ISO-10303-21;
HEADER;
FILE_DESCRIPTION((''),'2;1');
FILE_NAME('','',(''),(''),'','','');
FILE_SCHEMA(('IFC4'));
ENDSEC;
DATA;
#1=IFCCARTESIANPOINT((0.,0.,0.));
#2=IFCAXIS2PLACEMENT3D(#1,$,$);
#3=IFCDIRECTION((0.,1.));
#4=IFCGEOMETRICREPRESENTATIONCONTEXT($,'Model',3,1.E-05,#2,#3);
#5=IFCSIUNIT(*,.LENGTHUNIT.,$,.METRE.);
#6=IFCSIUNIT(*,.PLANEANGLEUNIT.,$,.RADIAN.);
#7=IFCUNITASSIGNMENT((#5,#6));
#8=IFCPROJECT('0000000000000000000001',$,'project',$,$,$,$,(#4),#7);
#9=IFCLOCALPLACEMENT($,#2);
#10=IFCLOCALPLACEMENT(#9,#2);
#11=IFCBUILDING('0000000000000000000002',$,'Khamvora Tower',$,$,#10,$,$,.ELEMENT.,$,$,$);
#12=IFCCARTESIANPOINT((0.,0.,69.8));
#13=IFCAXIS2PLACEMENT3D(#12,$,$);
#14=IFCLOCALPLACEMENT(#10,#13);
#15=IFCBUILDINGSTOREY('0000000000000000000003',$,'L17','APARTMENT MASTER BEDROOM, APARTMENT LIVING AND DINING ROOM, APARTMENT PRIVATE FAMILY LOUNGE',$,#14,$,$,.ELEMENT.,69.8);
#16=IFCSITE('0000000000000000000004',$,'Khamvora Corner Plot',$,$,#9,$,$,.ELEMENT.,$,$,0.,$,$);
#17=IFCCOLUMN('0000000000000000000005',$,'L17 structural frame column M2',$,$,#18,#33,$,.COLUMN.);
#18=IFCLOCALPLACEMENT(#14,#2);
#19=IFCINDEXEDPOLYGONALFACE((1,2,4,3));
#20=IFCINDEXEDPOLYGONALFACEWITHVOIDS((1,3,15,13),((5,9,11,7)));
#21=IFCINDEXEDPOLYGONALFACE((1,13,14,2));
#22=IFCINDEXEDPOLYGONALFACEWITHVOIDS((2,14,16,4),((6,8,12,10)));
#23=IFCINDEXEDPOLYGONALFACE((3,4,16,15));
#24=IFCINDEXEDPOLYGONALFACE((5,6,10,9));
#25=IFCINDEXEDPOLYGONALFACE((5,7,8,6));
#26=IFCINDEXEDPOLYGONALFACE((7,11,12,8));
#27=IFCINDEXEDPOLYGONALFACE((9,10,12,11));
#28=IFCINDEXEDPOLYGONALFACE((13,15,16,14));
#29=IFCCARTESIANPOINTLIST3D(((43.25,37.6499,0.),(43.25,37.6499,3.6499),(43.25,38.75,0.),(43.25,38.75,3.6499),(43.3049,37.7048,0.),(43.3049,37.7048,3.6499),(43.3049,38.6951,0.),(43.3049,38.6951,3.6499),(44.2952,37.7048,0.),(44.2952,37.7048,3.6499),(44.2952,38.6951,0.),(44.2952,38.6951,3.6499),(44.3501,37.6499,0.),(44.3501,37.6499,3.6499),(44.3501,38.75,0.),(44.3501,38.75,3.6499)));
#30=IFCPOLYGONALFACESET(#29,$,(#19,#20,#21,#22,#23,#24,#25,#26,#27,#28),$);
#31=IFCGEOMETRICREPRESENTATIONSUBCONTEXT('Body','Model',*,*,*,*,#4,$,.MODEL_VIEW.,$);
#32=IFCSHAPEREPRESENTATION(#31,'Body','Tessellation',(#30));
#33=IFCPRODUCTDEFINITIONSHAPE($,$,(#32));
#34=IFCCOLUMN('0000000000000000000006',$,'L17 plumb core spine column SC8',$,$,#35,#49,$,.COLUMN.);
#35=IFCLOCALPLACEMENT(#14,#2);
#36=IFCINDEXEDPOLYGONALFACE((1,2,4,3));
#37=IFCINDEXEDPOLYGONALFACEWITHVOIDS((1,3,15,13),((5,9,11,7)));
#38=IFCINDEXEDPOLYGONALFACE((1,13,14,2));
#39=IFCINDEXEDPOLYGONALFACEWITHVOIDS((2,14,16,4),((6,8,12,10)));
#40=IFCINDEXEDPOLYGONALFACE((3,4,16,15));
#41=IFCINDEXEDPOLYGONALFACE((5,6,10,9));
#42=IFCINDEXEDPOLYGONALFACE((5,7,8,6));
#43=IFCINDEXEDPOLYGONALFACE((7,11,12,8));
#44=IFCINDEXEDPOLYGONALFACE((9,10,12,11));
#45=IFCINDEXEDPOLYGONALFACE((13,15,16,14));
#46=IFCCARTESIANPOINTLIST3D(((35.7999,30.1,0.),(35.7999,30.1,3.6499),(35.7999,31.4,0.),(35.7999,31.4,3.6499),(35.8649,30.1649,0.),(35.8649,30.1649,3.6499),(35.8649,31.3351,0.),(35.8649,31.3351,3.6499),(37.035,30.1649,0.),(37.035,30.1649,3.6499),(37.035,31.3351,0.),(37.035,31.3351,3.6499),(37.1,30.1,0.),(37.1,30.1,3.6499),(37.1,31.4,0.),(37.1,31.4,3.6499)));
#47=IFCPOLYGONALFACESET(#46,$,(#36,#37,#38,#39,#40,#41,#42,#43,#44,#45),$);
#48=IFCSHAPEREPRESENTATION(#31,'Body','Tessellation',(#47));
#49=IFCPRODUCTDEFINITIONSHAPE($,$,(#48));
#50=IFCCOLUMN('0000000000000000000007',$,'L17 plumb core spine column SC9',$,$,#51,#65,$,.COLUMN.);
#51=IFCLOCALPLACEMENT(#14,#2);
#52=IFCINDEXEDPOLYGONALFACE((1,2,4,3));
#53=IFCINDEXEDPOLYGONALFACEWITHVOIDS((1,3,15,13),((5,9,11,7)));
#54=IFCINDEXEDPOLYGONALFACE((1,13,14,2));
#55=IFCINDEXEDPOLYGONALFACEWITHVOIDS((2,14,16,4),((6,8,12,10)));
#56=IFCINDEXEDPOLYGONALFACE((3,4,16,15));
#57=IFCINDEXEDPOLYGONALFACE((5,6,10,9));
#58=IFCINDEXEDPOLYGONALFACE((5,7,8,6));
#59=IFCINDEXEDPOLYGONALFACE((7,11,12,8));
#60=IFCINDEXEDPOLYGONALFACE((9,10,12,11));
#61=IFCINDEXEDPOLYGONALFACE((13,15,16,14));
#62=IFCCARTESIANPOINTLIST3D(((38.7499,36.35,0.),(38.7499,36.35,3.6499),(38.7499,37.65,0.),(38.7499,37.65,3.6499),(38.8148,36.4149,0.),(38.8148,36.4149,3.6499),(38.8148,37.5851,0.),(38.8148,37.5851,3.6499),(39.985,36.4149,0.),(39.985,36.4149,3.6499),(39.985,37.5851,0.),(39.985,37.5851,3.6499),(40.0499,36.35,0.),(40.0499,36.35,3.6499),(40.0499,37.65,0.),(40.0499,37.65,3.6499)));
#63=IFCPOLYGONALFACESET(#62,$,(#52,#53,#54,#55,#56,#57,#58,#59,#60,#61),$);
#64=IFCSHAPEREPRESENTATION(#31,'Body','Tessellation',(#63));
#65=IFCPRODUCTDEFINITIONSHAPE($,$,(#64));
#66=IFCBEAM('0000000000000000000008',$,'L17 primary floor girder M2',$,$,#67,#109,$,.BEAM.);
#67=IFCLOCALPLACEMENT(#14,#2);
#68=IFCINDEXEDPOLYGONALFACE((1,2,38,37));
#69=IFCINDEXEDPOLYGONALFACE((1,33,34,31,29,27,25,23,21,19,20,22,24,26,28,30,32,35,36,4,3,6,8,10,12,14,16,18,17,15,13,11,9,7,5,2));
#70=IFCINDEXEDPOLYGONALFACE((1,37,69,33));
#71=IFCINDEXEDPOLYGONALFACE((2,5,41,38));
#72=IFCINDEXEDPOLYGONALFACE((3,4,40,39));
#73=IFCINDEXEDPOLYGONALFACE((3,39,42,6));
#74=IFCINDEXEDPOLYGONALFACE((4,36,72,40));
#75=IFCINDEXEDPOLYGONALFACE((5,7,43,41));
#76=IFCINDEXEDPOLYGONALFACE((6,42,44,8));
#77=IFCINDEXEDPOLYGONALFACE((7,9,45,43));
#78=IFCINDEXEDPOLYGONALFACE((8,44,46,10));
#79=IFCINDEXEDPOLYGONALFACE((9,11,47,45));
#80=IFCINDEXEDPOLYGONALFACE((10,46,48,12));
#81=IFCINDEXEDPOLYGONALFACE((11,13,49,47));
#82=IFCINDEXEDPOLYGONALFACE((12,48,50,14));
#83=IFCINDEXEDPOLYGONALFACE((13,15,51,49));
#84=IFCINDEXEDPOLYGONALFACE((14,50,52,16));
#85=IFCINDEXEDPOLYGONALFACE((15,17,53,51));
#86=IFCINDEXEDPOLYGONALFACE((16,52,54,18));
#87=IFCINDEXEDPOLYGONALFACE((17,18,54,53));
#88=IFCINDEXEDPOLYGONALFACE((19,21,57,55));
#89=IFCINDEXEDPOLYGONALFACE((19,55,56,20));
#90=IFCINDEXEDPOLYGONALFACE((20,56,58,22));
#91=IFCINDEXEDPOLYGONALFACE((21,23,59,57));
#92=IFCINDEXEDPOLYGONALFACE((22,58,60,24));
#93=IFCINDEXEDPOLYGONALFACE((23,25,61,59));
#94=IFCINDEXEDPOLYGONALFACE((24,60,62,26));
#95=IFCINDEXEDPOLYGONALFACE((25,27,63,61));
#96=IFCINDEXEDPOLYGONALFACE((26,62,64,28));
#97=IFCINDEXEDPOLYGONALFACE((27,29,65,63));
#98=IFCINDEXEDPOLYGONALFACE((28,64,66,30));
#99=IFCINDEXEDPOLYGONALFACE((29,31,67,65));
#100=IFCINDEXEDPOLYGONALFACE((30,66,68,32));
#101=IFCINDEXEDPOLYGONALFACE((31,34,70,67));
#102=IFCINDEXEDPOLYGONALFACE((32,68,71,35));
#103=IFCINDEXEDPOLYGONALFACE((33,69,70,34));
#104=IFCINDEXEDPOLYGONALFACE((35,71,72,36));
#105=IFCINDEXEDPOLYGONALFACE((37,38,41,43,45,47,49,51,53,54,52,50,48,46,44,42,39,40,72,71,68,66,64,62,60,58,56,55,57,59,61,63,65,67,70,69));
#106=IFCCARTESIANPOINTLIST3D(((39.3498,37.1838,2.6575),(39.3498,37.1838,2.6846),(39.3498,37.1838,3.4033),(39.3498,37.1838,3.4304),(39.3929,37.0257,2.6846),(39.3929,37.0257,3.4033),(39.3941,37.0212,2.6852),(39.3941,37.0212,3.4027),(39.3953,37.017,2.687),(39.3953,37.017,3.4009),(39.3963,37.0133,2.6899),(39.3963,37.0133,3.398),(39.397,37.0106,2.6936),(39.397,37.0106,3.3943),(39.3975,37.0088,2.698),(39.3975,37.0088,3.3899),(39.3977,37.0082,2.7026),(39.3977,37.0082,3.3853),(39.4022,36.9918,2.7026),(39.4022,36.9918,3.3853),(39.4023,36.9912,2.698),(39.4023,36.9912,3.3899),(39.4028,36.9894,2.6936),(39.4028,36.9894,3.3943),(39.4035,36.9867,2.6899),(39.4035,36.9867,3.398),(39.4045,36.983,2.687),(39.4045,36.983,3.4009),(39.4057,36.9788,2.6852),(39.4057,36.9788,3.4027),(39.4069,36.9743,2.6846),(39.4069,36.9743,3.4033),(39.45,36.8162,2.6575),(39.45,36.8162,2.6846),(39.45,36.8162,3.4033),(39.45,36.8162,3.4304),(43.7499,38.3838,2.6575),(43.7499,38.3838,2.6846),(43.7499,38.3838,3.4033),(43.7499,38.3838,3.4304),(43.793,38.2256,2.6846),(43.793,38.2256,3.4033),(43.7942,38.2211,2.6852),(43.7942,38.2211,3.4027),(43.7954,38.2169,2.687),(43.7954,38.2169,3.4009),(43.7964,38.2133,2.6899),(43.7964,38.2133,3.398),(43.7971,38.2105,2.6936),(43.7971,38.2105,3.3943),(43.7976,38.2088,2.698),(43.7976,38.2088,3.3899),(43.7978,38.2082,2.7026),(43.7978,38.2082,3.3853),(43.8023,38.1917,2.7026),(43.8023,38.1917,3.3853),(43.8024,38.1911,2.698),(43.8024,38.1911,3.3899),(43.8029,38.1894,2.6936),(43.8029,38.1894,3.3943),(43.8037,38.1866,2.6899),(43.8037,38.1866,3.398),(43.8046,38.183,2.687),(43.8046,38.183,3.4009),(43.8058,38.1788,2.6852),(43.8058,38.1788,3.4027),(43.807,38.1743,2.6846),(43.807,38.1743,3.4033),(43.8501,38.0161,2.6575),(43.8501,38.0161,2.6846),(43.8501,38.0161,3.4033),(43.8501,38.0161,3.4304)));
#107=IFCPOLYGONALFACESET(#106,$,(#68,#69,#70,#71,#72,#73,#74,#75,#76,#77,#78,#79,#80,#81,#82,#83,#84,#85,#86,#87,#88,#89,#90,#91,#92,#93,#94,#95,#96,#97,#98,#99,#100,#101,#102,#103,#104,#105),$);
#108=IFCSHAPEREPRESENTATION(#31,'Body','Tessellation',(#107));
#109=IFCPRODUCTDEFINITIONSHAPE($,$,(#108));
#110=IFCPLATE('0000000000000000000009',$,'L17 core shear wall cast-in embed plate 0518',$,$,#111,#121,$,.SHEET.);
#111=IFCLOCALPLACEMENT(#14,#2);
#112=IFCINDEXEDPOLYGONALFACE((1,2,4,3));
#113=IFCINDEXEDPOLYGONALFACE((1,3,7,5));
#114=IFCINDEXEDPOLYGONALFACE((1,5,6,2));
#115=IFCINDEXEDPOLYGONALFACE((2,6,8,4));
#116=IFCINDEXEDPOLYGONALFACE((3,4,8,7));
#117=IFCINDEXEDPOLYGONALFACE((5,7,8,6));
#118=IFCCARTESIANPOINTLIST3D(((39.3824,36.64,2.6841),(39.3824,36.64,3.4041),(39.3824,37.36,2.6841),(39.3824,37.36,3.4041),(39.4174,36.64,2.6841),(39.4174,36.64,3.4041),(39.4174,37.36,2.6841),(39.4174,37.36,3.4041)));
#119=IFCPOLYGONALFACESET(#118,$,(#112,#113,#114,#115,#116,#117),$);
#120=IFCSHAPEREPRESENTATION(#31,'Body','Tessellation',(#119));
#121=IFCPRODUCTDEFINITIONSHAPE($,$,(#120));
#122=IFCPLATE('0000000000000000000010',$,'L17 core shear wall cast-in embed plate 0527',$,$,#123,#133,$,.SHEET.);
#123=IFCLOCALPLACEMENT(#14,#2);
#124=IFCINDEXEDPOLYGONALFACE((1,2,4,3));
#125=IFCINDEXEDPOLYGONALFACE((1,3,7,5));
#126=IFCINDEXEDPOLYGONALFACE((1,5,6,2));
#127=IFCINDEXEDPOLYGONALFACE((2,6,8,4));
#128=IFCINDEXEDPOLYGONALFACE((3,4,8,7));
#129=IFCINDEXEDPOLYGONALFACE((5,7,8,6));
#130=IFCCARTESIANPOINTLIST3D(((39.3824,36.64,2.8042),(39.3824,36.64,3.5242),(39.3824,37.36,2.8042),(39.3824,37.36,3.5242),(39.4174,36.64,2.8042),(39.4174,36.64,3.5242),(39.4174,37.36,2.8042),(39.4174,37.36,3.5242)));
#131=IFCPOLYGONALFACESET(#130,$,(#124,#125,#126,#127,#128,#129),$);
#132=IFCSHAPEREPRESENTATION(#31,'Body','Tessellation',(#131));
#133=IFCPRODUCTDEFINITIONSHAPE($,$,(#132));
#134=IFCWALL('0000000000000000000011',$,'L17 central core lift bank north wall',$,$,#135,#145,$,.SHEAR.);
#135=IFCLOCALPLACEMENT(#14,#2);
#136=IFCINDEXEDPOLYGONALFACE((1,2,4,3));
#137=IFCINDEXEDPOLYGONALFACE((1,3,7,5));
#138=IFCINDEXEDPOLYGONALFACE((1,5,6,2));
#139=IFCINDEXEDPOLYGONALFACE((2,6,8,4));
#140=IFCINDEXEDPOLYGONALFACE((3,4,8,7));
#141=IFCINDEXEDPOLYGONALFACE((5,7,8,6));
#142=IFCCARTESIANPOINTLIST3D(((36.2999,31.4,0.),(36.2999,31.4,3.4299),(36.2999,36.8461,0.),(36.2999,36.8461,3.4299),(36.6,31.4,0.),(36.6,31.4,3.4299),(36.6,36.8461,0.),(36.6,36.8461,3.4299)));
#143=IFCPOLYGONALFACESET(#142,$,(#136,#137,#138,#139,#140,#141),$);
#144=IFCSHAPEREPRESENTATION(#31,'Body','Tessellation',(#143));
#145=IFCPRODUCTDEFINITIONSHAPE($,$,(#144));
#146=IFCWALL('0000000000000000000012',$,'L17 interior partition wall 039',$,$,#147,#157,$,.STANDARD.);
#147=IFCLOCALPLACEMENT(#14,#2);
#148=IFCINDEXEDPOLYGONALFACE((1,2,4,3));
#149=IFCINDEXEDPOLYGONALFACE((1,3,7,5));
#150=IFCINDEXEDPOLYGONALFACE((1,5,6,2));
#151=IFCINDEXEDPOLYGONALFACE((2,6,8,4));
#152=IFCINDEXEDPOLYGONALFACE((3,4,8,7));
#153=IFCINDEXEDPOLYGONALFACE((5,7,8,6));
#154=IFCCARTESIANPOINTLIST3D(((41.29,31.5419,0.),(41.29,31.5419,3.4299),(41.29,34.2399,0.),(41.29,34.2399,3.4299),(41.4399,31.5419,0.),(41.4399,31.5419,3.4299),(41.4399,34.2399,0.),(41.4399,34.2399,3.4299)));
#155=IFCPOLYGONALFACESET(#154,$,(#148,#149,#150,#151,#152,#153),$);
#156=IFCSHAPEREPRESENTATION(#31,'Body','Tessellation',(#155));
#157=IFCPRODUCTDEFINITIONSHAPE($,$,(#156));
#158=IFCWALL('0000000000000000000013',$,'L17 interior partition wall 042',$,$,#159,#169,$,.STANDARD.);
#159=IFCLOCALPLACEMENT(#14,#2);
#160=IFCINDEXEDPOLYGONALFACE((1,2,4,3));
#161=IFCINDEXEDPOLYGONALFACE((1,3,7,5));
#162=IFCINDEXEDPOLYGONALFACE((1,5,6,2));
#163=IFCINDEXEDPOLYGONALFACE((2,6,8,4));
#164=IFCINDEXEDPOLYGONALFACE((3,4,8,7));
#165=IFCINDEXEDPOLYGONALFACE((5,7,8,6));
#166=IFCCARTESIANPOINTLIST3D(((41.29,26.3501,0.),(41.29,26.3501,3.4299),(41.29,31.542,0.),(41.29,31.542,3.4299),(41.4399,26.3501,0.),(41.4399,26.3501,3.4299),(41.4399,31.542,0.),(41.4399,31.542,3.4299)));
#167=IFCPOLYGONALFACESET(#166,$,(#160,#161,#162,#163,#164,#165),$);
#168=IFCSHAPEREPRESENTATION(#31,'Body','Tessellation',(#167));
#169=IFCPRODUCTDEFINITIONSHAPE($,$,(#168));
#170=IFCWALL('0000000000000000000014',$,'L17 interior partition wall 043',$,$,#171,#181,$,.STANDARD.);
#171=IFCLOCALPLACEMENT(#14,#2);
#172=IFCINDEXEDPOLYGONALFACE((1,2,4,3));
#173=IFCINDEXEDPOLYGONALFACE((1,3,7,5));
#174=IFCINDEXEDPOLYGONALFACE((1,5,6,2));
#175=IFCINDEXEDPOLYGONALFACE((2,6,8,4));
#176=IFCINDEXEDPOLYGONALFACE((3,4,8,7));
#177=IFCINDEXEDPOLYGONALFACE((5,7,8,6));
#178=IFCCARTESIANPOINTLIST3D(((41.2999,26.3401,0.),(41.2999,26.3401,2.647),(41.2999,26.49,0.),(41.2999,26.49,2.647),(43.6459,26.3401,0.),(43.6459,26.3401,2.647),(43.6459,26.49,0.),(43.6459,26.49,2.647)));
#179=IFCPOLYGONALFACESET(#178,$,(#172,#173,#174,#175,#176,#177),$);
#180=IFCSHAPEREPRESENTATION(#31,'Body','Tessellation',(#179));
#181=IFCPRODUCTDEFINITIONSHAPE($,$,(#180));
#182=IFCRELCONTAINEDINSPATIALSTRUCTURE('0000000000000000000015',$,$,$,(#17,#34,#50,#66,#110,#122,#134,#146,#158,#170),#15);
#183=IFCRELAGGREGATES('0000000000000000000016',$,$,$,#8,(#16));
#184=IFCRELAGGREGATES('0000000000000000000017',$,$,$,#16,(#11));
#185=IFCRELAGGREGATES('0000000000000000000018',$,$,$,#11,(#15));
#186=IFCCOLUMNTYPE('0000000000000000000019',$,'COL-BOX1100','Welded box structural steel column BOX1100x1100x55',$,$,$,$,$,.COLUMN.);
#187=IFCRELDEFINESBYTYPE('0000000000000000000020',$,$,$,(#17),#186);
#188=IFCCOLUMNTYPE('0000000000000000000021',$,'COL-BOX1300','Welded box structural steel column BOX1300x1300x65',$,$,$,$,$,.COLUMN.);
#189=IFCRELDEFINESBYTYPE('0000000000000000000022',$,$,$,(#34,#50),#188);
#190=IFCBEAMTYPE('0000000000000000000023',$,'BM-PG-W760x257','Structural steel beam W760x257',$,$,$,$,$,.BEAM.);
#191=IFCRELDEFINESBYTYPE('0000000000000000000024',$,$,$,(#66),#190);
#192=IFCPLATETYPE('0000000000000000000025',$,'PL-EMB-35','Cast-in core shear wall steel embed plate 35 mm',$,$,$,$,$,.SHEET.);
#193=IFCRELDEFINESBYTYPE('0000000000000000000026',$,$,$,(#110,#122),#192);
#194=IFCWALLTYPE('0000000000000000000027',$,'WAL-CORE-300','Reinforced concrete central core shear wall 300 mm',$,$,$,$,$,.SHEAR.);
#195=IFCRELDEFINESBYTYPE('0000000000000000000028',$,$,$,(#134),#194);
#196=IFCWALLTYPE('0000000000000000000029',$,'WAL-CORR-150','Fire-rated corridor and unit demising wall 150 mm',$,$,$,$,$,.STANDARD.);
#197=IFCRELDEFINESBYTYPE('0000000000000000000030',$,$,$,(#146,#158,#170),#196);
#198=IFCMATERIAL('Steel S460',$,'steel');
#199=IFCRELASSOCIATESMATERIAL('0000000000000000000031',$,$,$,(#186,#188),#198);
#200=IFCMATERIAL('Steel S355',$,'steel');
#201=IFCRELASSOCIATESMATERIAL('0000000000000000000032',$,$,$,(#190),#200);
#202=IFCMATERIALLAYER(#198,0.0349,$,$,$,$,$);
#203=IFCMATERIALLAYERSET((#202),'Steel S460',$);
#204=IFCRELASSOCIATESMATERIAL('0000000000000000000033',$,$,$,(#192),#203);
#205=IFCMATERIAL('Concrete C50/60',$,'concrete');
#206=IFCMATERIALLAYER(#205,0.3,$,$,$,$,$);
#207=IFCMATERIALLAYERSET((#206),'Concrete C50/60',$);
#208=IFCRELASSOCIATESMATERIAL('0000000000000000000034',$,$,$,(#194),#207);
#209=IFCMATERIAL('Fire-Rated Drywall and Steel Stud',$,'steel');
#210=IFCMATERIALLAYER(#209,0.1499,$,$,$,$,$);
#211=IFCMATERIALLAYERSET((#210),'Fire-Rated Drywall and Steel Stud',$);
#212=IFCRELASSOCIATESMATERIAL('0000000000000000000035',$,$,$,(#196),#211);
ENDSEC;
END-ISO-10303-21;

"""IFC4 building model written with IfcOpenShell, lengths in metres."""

from ifc_helpers import new_model, si_unit, direction, frame, frame_2d, origin, origin_2d, place, context, subcontext, project, spatial, rectangle, hollow_rectangle, i_section, extrude, material, layer, layer_set, material_profile, profile_set, type_object, element, save


model = new_model("IFC4")

# Units and contexts
model_context = context("Model", 3, precision=1e-05, world=origin(), true_north=direction((0.0, 1.0)))
body_context = subcontext(model_context, "Body", "Model", "MODEL_VIEW")
ifc_project = project(units=[si_unit("LENGTHUNIT", "METRE"), si_unit("PLANEANGLEUNIT", "RADIAN")], contexts=[model_context])

# Site, building, storey
site_placement = place(None, origin())
site = spatial("IfcSite", under=ifc_project, at=site_placement, Name="Khamvora Corner Plot", CompositionType="ELEMENT", RefElevation=0.0)
building_placement = place(site_placement, origin())
building = spatial("IfcBuilding", under=site, at=building_placement, Name="Khamvora Tower", CompositionType="ELEMENT")
storey_placement = place(building_placement, frame((0.0, 0.0, 69.8)))
storey = spatial("IfcBuildingStorey", under=building, at=storey_placement, Name="L17", Description="APARTMENT MASTER BEDROOM, APARTMENT LIVING AND DINING ROOM, APARTMENT PRIVATE FAMILY LOUNGE", CompositionType="ELEMENT", Elevation=69.8)

# Columns
ifc_material_1 = material(Name="Steel S460", Category="steel")
ifc_material_profile_1 = material_profile(ifc_material_1, hollow_rectangle(XDim=1.1001, YDim=1.1001, WallThickness=0.0549, at=origin_2d()), Name="BOX1100x1100x55")
ifc_profile_set_1 = profile_set([ifc_material_profile_1], Name="Steel S460")
column_type_1 = type_object("IfcColumnType", Name="COL-BOX1100", Description="Welded box structural steel column BOX1100x1100x55", PredefinedType="COLUMN", material=ifc_profile_set_1)
column_placement = place(storey_placement, frame((43.8, 38.2, 0.0), z_axis=(0.0, 0.0, 1.0), x_axis=(1.0, 0.0, 0.0)))
element("IfcColumn", 1, at=column_placement, inside=storey, type_object=column_type_1, Name="L17 structural frame column M2", PredefinedType="COLUMN", context=body_context, shape_type="SweptSolid", body=[
    extrude(hollow_rectangle(XDim=1.1001, YDim=1.1001, WallThickness=0.0549, at=origin_2d()), origin(), (0.0, 0.0, 1.0), 3.6499),
])
ifc_material_profile_2 = material_profile(ifc_material_1, hollow_rectangle(XDim=1.3, YDim=1.3, WallThickness=0.0649, at=origin_2d()), Name="BOX1300x1300x65")
ifc_profile_set_2 = profile_set([ifc_material_profile_2], Name="Steel S460")
column_type_2 = type_object("IfcColumnType", Name="COL-BOX1300", Description="Welded box structural steel column BOX1300x1300x65", PredefinedType="COLUMN", material=ifc_profile_set_2)
for number, where, z_axis, x_axis, name in (
    (2, (36.45, 30.75, 0.0), (0.0, 0.0, 1.0), (1.0, 0.0, 0.0), "L17 plumb core spine column SC8"),
    (3, (39.3999, 37.0, 0.0), (0.0, 0.0, 1.0), (1.0, 0.0, 0.0), "L17 plumb core spine column SC9"),
):
    element("IfcColumn", number, at=place(storey_placement, frame(where, z_axis=z_axis, x_axis=x_axis)), inside=storey, type_object=column_type_2, Name=name, PredefinedType="COLUMN", context=body_context, shape_type="SweptSolid", body=[
        extrude(hollow_rectangle(XDim=1.3, YDim=1.3, WallThickness=0.0649, at=origin_2d()), origin(), (0.0, 0.0, 1.0), 3.6499),
    ])

# Beam
ifc_material_2 = material(Name="Steel S355", Category="steel")
ifc_material_profile_3 = material_profile(ifc_material_2, i_section(OverallWidth=0.3811, OverallDepth=0.7729, WebThickness=0.0171, FlangeThickness=0.0271, FilletRadius=0.0181, at=origin_2d()), Name="W760x257")
ifc_profile_set_3 = profile_set([ifc_material_profile_3], Name="Steel S355")
beam_type = type_object("IfcBeamType", Name="BM-PG-W760x257", Description="Structural steel beam W760x257", PredefinedType="BEAM", material=ifc_profile_set_3)
beam_placement = place(storey_placement, frame((39.3999, 37.0, 3.0439), z_axis=(0.964769, 0.263099, 0.0), x_axis=(-0.263099, 0.964769, 0.0)))
element("IfcBeam", 4, at=beam_placement, inside=storey, type_object=beam_type, Name="L17 primary floor girder M2", PredefinedType="BEAM", context=body_context, shape_type="SweptSolid", body=[
    extrude(i_section(OverallWidth=0.3811, OverallDepth=0.7729, WebThickness=0.0171, FlangeThickness=0.0271, FilletRadius=0.0181, at=origin_2d()), origin(), (0.0, 0.0, 1.0), 4.5608),
])

# Plates
ifc_layer_1 = layer(ifc_material_1, 0.0349)
ifc_layer_set_1 = layer_set([ifc_layer_1], Name="Steel S460")
plate_type = type_object("IfcPlateType", Name="PL-EMB-35", Description="Cast-in core shear wall steel embed plate 35 mm", PredefinedType="SHEET", material=ifc_layer_set_1)
for number, where, z_axis, x_axis, name in (
    (5, (39.3999, 37.0, 2.6841), (0.0, 0.0, 1.0), (1.0, 0.0, 0.0), "L17 core shear wall cast-in embed plate 0518"),
    (6, (39.3999, 37.0, 2.8042), (0.0, 0.0, 1.0), (1.0, 0.0, 0.0), "L17 core shear wall cast-in embed plate 0527"),
):
    element("IfcPlate", number, at=place(storey_placement, frame(where, z_axis=z_axis, x_axis=x_axis)), inside=storey, type_object=plate_type, Name=name, PredefinedType="SHEET", context=body_context, shape_type="SweptSolid", body=[
        extrude(rectangle(XDim=0.0349, YDim=0.72, at=origin_2d()), origin(), (0.0, 0.0, 1.0), 0.72),
    ])

# Walls
ifc_material_3 = material(Name="Concrete C50/60", Category="concrete")
ifc_layer_2 = layer(ifc_material_3, 0.3)
ifc_layer_set_2 = layer_set([ifc_layer_2], Name="Concrete C50/60")
wall_type_1 = type_object("IfcWallType", Name="WAL-CORE-300", Description="Reinforced concrete central core shear wall 300 mm", PredefinedType="SHEAR", material=ifc_layer_set_2)
wall_1_placement = place(storey_placement, frame((36.45, 31.3999, 0.0), z_axis=(0.0, 0.0, 1.0), x_axis=(0.0, 1.0, 0.0)))
element("IfcWall", 7, at=wall_1_placement, inside=storey, type_object=wall_type_1, Name="L17 central core lift bank north wall", PredefinedType="SHEAR", context=body_context, shape_type="SweptSolid", body=[
    extrude(rectangle(XDim=5.446, YDim=0.3, at=frame_2d((2.7231, 0.0))), origin(), (0.0, 0.0, 1.0), 3.4299),
])
ifc_material_4 = material(Name="Fire-Rated Drywall and Steel Stud", Category="steel")
ifc_layer_3 = layer(ifc_material_4, 0.1499)
ifc_layer_set_3 = layer_set([ifc_layer_3], Name="Fire-Rated Drywall and Steel Stud")
wall_type_2 = type_object("IfcWallType", Name="WAL-CORR-150", Description="Fire-rated corridor and unit demising wall 150 mm", PredefinedType="STANDARD", material=ifc_layer_set_3)
wall_2_placement = place(storey_placement, frame((41.365, 34.24, 0.0), z_axis=(0.0, 0.0, 1.0), x_axis=(0.0, -1.0, 0.0)))
element("IfcWall", 8, at=wall_2_placement, inside=storey, type_object=wall_type_2, Name="L17 interior partition wall 039", PredefinedType="STANDARD", context=body_context, shape_type="SweptSolid", body=[
    extrude(rectangle(XDim=2.698, YDim=0.1499, at=frame_2d((1.3491, 0.0))), origin(), (0.0, 0.0, 1.0), 3.4299),
])
wall_3_placement = place(storey_placement, frame((41.365, 31.542, 0.0), z_axis=(0.0, 0.0, 1.0), x_axis=(0.0, -1.0, 0.0)))
element("IfcWall", 9, at=wall_3_placement, inside=storey, type_object=wall_type_2, Name="L17 interior partition wall 042", PredefinedType="STANDARD", context=body_context, shape_type="SweptSolid", body=[
    extrude(rectangle(XDim=5.1919, YDim=0.1499, at=frame_2d((2.5959, 0.0))), origin(), (0.0, 0.0, 1.0), 3.4299),
])
wall_4_placement = place(storey_placement, frame((41.3, 26.415, 0.0), z_axis=(0.0, 0.0, 1.0), x_axis=(1.0, 0.0, 0.0)))
element("IfcWall", 10, at=wall_4_placement, inside=storey, type_object=wall_type_2, Name="L17 interior partition wall 043", PredefinedType="STANDARD", context=body_context, shape_type="SweptSolid", body=[
    extrude(rectangle(XDim=2.3459, YDim=0.1499, at=frame_2d((1.1729, 0.0))), origin(), (0.0, 0.0, 1.0), 2.647),
])

save(model, "model.ifc")
